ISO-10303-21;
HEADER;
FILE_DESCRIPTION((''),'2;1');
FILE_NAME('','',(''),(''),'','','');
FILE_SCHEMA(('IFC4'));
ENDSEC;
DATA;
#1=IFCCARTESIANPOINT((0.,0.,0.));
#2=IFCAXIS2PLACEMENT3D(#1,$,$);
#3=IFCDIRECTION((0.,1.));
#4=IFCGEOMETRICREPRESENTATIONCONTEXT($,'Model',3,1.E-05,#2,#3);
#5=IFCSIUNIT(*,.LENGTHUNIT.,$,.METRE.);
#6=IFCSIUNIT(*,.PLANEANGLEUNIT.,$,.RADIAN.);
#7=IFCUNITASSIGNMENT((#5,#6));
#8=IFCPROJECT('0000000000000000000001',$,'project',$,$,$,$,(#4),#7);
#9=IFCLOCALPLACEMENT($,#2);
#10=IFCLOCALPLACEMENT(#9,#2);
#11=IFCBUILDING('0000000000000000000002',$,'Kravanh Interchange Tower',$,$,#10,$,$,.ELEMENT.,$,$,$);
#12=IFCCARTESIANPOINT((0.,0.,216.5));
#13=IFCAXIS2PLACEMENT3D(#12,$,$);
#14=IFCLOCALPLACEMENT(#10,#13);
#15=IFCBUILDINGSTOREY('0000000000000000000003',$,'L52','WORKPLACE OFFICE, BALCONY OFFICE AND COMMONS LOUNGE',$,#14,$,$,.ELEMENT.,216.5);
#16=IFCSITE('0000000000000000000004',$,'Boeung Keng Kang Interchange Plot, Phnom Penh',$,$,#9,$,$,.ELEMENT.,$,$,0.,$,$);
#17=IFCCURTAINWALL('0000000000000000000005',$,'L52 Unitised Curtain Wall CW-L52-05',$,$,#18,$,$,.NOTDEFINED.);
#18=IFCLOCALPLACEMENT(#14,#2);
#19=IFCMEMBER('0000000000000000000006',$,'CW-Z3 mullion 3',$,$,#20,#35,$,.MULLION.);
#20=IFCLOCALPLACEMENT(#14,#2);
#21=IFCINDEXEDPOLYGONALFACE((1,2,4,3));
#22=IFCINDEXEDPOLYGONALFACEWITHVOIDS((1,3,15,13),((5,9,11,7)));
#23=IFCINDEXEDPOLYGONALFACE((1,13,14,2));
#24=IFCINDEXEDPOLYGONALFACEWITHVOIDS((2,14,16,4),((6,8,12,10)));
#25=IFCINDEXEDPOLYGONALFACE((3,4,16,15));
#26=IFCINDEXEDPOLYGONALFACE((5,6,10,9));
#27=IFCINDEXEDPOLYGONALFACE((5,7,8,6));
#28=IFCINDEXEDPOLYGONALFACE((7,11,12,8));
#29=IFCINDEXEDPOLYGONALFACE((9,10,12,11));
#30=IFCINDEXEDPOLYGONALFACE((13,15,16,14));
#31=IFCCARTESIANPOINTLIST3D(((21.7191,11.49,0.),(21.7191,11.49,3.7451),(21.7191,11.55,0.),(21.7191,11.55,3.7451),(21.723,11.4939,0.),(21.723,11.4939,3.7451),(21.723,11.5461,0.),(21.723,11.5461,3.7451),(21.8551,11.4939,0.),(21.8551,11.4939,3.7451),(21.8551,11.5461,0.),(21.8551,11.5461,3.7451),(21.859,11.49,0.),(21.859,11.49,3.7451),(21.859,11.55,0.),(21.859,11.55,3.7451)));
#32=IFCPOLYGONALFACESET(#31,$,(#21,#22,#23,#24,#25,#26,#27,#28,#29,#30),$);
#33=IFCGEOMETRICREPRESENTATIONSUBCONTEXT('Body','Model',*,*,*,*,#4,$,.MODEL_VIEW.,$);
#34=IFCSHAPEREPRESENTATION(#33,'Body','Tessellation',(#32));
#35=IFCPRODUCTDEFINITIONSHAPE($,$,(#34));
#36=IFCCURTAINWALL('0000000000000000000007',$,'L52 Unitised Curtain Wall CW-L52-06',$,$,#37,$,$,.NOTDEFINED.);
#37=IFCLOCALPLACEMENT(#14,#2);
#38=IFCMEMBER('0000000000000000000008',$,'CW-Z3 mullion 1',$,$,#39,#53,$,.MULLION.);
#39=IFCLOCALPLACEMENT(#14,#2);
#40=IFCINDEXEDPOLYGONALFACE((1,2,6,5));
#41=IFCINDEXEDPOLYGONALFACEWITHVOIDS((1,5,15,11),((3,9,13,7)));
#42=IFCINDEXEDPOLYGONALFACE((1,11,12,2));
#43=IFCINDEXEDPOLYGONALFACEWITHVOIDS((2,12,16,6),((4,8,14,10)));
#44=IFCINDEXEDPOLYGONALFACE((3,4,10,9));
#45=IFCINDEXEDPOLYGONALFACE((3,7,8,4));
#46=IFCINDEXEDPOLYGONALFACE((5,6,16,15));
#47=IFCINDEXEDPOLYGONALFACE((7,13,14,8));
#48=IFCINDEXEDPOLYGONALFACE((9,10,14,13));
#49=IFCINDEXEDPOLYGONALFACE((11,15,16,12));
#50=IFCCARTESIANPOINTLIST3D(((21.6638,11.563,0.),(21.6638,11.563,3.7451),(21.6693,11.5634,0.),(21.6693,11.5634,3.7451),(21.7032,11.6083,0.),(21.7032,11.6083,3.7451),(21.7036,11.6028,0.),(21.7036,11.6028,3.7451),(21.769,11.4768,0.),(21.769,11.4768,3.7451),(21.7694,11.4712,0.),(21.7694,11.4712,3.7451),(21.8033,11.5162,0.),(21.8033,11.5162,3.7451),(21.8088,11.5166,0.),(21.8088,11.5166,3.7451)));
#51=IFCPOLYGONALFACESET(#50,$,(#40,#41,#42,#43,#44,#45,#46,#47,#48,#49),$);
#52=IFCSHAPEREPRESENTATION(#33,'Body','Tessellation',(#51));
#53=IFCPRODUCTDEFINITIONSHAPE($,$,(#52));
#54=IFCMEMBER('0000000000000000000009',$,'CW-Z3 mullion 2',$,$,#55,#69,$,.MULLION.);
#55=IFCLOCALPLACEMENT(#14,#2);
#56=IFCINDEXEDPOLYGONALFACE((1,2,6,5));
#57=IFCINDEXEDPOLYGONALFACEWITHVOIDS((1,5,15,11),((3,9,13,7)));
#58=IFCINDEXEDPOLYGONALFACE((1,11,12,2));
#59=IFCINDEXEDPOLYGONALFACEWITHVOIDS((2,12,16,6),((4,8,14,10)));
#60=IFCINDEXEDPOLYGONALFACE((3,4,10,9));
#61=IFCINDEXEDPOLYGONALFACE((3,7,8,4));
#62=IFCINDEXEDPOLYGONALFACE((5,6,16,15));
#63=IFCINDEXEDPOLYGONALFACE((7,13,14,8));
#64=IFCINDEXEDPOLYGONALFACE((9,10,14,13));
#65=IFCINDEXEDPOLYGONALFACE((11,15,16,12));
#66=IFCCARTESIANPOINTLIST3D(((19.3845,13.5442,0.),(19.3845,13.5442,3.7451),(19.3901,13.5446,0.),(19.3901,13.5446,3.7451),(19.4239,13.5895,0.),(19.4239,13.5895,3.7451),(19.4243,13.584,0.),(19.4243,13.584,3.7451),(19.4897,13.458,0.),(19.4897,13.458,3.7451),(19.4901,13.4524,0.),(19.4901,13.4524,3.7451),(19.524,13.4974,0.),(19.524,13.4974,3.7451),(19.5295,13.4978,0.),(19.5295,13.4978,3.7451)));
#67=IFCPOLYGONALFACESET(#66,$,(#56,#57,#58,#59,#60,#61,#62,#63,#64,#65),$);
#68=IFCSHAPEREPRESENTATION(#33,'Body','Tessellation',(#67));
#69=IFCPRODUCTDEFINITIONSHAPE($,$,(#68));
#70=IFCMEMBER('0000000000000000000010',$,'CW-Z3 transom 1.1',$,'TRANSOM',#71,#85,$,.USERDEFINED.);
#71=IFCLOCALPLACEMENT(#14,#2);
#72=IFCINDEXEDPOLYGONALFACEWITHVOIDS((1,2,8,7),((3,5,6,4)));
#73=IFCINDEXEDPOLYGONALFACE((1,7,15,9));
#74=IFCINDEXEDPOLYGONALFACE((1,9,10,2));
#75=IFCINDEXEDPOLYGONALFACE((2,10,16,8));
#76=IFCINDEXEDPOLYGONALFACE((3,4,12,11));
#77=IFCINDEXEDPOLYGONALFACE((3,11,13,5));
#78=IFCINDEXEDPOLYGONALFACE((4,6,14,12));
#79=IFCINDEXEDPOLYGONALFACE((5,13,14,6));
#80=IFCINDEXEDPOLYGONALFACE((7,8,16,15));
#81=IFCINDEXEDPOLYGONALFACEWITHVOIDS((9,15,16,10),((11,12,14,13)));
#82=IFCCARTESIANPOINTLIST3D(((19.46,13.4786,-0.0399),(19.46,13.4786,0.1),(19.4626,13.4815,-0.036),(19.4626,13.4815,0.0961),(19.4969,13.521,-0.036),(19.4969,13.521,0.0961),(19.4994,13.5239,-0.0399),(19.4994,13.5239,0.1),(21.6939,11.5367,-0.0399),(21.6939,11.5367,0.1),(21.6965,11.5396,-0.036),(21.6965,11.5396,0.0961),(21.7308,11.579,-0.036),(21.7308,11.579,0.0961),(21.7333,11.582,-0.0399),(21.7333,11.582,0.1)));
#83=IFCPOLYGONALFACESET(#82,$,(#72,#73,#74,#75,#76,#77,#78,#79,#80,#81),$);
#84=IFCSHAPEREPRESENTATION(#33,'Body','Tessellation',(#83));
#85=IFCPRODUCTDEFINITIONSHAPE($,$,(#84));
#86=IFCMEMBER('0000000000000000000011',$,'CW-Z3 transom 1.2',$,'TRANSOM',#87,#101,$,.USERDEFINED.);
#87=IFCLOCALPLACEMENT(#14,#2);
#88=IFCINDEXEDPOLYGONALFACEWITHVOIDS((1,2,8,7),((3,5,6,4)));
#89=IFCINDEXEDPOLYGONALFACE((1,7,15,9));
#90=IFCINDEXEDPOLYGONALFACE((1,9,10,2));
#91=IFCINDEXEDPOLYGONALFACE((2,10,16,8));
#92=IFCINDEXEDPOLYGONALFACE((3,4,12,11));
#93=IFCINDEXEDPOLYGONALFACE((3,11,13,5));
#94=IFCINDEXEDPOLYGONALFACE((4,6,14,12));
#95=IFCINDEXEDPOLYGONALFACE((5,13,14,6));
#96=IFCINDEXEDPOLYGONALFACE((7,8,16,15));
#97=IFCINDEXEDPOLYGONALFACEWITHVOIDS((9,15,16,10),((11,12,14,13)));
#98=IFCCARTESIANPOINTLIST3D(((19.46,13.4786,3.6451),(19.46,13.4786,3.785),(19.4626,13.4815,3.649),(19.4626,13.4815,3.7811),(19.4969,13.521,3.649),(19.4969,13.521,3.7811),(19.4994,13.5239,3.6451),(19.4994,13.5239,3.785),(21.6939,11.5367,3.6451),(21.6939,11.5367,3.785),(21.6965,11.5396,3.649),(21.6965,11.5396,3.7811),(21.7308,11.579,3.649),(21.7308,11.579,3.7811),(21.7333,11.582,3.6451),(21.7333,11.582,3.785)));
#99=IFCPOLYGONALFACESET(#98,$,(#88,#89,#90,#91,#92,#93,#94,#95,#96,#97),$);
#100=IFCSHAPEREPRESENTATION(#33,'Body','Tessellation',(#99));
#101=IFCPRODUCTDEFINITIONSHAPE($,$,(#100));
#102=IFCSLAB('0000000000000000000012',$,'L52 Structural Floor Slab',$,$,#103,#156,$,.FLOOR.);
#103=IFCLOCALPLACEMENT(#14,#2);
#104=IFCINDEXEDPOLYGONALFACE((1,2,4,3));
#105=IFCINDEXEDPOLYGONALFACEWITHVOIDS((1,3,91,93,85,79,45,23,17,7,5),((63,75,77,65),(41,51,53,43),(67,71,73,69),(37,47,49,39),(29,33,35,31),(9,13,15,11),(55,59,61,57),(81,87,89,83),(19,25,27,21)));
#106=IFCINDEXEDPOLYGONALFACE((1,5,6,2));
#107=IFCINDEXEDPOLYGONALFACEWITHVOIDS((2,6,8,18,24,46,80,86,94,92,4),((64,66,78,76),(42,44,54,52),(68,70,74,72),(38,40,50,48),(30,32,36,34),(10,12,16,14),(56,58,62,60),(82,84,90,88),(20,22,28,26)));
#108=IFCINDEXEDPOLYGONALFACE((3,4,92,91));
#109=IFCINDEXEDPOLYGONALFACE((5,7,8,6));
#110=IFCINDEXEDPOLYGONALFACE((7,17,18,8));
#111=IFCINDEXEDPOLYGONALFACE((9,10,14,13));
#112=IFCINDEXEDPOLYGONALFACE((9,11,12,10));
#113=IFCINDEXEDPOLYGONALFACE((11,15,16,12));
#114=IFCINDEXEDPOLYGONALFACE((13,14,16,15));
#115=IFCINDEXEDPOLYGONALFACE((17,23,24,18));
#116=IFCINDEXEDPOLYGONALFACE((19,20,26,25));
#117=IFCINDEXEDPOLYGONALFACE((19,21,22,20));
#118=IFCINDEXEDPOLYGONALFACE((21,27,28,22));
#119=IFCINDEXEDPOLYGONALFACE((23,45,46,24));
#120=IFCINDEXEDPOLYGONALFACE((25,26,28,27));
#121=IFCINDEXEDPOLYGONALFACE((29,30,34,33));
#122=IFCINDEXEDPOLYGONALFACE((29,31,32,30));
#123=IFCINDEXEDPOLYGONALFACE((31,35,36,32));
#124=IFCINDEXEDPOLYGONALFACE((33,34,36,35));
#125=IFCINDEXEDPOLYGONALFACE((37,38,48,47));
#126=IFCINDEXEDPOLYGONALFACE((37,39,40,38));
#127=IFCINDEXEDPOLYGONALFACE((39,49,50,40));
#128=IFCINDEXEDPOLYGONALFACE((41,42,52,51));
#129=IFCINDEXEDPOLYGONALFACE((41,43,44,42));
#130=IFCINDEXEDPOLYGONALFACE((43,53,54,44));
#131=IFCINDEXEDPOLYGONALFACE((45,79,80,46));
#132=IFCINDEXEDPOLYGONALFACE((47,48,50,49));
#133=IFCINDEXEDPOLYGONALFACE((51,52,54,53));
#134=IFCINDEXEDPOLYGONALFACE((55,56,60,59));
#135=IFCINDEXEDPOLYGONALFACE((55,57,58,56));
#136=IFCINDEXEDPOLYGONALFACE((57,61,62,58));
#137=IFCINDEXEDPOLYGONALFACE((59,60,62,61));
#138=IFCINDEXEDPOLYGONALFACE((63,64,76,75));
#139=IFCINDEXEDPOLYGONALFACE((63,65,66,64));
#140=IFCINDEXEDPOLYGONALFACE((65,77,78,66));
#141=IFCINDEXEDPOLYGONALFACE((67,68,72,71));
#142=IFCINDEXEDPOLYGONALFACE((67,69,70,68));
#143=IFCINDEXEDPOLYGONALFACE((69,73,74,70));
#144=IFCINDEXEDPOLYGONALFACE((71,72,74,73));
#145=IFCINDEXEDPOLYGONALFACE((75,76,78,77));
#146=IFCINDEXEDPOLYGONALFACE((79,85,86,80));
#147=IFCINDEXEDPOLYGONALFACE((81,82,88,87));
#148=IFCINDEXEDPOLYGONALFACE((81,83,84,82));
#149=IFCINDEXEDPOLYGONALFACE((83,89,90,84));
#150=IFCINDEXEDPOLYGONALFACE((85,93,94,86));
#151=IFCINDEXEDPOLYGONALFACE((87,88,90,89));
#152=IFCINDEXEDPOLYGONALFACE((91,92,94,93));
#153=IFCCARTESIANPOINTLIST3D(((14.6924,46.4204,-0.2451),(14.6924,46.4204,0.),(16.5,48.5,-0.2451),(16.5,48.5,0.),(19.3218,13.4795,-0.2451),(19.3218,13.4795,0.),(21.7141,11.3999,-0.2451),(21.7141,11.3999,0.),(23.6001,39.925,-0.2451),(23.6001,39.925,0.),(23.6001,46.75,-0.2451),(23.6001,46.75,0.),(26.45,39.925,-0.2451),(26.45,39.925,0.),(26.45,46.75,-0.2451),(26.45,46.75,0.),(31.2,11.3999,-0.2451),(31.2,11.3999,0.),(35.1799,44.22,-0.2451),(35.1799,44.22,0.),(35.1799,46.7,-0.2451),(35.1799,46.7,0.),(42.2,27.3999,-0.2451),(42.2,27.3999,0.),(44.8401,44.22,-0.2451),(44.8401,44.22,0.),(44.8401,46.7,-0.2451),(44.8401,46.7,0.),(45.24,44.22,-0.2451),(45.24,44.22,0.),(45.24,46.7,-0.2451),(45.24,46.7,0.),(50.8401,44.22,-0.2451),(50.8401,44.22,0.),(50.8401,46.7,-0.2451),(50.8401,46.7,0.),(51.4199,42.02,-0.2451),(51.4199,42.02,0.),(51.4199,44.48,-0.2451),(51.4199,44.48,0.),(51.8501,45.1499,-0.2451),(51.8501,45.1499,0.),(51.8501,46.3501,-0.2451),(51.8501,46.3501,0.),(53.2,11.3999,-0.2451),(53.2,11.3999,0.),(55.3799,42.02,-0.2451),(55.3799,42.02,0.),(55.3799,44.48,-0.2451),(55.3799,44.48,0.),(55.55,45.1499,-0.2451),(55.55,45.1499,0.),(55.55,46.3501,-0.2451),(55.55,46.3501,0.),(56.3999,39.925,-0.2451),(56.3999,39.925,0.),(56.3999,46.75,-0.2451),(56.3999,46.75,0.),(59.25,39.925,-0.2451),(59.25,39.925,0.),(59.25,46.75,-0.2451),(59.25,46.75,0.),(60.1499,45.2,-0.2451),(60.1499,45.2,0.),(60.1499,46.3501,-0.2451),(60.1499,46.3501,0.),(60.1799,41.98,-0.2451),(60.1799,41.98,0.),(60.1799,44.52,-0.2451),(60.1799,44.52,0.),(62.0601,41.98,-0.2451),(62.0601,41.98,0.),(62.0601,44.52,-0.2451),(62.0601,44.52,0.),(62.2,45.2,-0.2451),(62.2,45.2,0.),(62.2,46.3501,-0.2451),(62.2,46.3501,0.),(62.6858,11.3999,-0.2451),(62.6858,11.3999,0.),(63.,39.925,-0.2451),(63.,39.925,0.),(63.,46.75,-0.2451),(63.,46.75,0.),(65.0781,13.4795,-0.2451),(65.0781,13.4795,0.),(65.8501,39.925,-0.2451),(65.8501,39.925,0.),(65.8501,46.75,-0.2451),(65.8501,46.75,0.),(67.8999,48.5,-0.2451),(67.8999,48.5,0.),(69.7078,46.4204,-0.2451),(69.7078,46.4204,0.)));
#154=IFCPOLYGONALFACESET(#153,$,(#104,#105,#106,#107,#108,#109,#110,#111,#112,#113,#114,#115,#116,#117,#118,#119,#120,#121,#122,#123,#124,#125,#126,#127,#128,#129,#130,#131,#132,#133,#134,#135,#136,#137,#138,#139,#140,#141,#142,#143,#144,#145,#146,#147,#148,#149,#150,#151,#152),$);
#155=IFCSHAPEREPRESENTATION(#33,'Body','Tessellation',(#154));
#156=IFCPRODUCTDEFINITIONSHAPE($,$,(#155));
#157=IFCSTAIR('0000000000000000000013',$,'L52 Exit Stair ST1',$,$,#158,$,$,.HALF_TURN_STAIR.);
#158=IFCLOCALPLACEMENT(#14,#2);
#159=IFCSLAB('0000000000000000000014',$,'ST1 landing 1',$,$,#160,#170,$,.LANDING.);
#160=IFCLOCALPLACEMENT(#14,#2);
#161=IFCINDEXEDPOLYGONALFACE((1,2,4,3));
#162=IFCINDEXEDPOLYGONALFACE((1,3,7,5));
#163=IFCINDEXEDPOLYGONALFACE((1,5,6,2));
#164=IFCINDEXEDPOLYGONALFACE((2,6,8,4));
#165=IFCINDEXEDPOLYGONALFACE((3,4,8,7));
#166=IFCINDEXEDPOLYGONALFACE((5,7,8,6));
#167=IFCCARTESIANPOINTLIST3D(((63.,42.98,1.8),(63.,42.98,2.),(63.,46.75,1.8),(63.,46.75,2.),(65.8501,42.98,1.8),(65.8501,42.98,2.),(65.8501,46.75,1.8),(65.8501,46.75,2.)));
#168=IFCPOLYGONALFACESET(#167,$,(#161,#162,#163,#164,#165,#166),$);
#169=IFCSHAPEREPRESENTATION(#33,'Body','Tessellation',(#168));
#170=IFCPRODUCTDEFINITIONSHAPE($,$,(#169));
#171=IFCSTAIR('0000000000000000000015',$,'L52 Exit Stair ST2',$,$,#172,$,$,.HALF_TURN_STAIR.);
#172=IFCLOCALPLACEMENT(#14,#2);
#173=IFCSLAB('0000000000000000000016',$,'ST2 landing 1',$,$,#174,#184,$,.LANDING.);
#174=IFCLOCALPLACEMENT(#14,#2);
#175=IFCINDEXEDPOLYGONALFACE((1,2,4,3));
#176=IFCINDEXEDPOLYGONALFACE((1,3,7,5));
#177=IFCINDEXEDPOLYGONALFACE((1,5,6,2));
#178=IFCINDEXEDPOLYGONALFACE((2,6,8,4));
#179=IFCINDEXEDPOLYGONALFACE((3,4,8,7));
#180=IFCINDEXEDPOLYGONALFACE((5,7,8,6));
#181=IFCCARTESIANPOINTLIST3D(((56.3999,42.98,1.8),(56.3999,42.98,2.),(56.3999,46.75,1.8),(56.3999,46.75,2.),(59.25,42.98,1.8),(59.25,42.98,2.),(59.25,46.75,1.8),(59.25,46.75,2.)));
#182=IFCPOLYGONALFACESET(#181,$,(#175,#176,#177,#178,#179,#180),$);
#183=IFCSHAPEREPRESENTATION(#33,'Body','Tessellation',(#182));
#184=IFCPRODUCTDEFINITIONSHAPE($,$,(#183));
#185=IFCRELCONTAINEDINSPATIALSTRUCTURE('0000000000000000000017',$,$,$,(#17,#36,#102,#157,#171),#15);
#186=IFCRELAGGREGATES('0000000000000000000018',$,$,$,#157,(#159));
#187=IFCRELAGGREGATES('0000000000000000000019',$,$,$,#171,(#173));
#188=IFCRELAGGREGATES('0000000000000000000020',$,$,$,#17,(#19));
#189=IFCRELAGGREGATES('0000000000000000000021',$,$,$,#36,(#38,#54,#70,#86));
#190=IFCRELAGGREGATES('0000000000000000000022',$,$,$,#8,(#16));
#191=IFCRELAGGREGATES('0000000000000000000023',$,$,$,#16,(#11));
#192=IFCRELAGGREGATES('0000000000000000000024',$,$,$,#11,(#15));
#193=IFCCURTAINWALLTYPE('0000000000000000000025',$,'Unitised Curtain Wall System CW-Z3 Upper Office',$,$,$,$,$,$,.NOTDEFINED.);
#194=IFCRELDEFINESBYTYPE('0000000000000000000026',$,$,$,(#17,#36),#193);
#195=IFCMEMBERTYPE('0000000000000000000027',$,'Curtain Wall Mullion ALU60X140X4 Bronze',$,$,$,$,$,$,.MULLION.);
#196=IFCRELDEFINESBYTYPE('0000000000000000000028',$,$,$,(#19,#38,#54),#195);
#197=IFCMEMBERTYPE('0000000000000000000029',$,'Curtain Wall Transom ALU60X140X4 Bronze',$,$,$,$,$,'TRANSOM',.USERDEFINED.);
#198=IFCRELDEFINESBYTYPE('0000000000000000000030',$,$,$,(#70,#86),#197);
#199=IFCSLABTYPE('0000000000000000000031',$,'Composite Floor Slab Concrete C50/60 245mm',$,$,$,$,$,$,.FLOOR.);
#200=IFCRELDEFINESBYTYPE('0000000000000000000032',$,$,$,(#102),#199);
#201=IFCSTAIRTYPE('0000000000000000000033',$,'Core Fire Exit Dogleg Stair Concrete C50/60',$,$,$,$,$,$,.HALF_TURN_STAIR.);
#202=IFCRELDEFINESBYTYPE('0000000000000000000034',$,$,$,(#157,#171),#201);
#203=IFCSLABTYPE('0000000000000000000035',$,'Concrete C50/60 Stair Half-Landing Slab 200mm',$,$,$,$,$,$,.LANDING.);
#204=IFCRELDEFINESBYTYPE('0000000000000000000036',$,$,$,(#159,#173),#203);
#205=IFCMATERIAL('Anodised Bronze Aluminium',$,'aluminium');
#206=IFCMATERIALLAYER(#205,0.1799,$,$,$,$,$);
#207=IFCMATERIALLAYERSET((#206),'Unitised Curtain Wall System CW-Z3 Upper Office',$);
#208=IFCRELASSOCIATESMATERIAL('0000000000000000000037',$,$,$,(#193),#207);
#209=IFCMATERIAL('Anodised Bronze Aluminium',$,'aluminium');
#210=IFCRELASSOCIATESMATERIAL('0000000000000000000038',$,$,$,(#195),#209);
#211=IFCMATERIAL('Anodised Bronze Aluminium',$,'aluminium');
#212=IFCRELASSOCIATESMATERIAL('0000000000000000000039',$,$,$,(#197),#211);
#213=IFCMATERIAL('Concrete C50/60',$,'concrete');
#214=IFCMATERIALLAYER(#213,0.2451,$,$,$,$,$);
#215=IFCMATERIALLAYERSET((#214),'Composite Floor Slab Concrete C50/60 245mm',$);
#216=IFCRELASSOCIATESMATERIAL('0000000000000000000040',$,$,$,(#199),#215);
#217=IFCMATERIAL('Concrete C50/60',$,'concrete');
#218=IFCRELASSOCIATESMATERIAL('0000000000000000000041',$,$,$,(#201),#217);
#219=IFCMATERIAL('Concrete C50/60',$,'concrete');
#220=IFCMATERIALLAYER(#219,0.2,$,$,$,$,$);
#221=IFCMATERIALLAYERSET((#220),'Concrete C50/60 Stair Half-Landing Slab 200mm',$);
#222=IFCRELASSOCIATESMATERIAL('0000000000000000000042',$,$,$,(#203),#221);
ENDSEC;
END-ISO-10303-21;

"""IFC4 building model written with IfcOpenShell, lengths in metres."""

from ifc_helpers import new_model, si_unit, direction, frame, origin, origin_2d, place, context, subcontext, project, spatial, polyline, hollow_rectangle, outline, extrude, material, layer, layer_set, material_profile, profile_set, type_object, element, aggregate, save


model = new_model("IFC4")

# Units and contexts
model_context = context("Model", 3, precision=1e-05, world=origin(), true_north=direction((0.0, 1.0)))
body_context = subcontext(model_context, "Body", "Model", "MODEL_VIEW")
ifc_project = project(units=[si_unit("LENGTHUNIT", "METRE"), si_unit("PLANEANGLEUNIT", "RADIAN")], contexts=[model_context])

# Site, building, storey
site_placement = place(None, origin())
site = spatial("IfcSite", under=ifc_project, at=site_placement, Name="Boeung Keng Kang Interchange Plot, Phnom Penh", CompositionType="ELEMENT", RefElevation=0.0)
building_placement = place(site_placement, origin())
building = spatial("IfcBuilding", under=site, at=building_placement, Name="Kravanh Interchange Tower", CompositionType="ELEMENT")
storey_placement = place(building_placement, frame((0.0, 0.0, 216.5)))
storey = spatial("IfcBuildingStorey", under=building, at=storey_placement, Name="L52", Description="WORKPLACE OFFICE, BALCONY OFFICE AND COMMONS LOUNGE", CompositionType="ELEMENT", Elevation=216.5)

# Curtain wall, member
ifc_material_1 = material(Name="Anodised Bronze Aluminium", Category="aluminium")
ifc_layer_1 = layer(ifc_material_1, 0.1799)
ifc_layer_set_1 = layer_set([ifc_layer_1], Name="Unitised Curtain Wall System CW-Z3 Upper Office")
curtain_wall_type = type_object("IfcCurtainWallType", Name="Unitised Curtain Wall System CW-Z3 Upper Office", PredefinedType="NOTDEFINED", material=ifc_layer_set_1)
curtain_wall_1_placement = place(storey_placement, origin())
curtain_wall_1 = element("IfcCurtainWall", 1, at=curtain_wall_1_placement, inside=storey, type_object=curtain_wall_type, Name="L52 Unitised Curtain Wall CW-L52-05", PredefinedType="NOTDEFINED")
ifc_material_2 = material(Name="Anodised Bronze Aluminium", Category="aluminium")
ifc_material_profile_1 = material_profile(ifc_material_2, hollow_rectangle(XDim=0.0601, YDim=0.1399, WallThickness=0.0039, at=origin_2d()), Name="ALU60X140X4")
ifc_profile_set_1 = profile_set([ifc_material_profile_1], Name="Anodised Bronze Aluminium")
member_type_1 = type_object("IfcMemberType", Name="Curtain Wall Mullion ALU60X140X4 Bronze", PredefinedType="MULLION", material=ifc_profile_set_1)
member_1_placement = place(storey_placement, frame((21.7891, 11.52, 0.0), z_axis=(0.0, 0.0, 1.0), x_axis=(0.0, -1.0, 0.0)))
member_1 = element("IfcMember", 2, at=member_1_placement, type_object=member_type_1, Name="CW-Z3 mullion 3", PredefinedType="MULLION", context=body_context, shape_type="SweptSolid", body=[
    extrude(hollow_rectangle(XDim=0.0601, YDim=0.1399, WallThickness=0.0039, at=origin_2d()), origin(), (0.0, 0.0, 1.0), 3.7451),
])

# Curtain wall, members
curtain_wall_2_placement = place(storey_placement, origin())
curtain_wall_2 = element("IfcCurtainWall", 3, at=curtain_wall_2_placement, inside=storey, type_object=curtain_wall_type, Name="L52 Unitised Curtain Wall CW-L52-06", PredefinedType="NOTDEFINED")
member_2_placement = place(storey_placement, frame((21.7363, 11.5398, 0.0), z_axis=(0.0, 0.0, 1.0), x_axis=(-0.656051, -0.754717, 0.0)))
member_2 = element("IfcMember", 4, at=member_2_placement, type_object=member_type_1, Name="CW-Z3 mullion 1", PredefinedType="MULLION", context=body_context, shape_type="SweptSolid", body=[
    extrude(hollow_rectangle(XDim=0.0601, YDim=0.1399, WallThickness=0.0039, at=origin_2d()), origin(), (0.0, 0.0, 1.0), 3.7451),
])
member_3_placement = place(storey_placement, frame((19.457, 13.521, 0.0), z_axis=(0.0, 0.0, 1.0), x_axis=(-0.656051, -0.754717, 0.0)))
member_3 = element("IfcMember", 5, at=member_3_placement, type_object=member_type_1, Name="CW-Z3 mullion 2", PredefinedType="MULLION", context=body_context, shape_type="SweptSolid", body=[
    extrude(hollow_rectangle(XDim=0.0601, YDim=0.1399, WallThickness=0.0039, at=origin_2d()), origin(), (0.0, 0.0, 1.0), 3.7451),
])
ifc_material_3 = material(Name="Anodised Bronze Aluminium", Category="aluminium")
ifc_material_profile_2 = material_profile(ifc_material_3, hollow_rectangle(XDim=0.0601, YDim=0.1399, WallThickness=0.0039, at=origin_2d()), Name="ALU60X140X4")
ifc_profile_set_2 = profile_set([ifc_material_profile_2], Name="Anodised Bronze Aluminium")
member_type_2 = type_object("IfcMemberType", Name="Curtain Wall Transom ALU60X140X4 Bronze", ElementType="TRANSOM", PredefinedType="USERDEFINED", material=ifc_profile_set_2)
member_4_placement = place(storey_placement, frame((21.7136, 11.5593, 0.03), z_axis=(-0.754709, 0.65606, 0.0), x_axis=(-0.65606, -0.754709, 0.0)))
member_4 = element("IfcMember", 6, at=member_4_placement, type_object=member_type_2, Name="CW-Z3 transom 1.1", ObjectType="TRANSOM", PredefinedType="USERDEFINED", context=body_context, shape_type="SweptSolid", body=[
    extrude(hollow_rectangle(XDim=0.0601, YDim=0.1399, WallThickness=0.0039, at=origin_2d()), origin(), (0.0, 0.0, 1.0), 2.96),
])
member_5_placement = place(storey_placement, frame((21.7136, 11.5593, 3.7151), z_axis=(-0.754709, 0.65606, 0.0), x_axis=(-0.65606, -0.754709, 0.0)))
member_5 = element("IfcMember", 7, at=member_5_placement, type_object=member_type_2, Name="CW-Z3 transom 1.2", ObjectType="TRANSOM", PredefinedType="USERDEFINED", context=body_context, shape_type="SweptSolid", body=[
    extrude(hollow_rectangle(XDim=0.0601, YDim=0.1399, WallThickness=0.0039, at=origin_2d()), origin(), (0.0, 0.0, 1.0), 2.96),
])

# Slab
ifc_material_4 = material(Name="Concrete C50/60", Category="concrete")
ifc_layer_2 = layer(ifc_material_4, 0.2451)
ifc_layer_set_2 = layer_set([ifc_layer_2], Name="Composite Floor Slab Concrete C50/60 245mm")
slab_type_1 = type_object("IfcSlabType", Name="Composite Floor Slab Concrete C50/60 245mm", PredefinedType="FLOOR", material=ifc_layer_set_2)
slab_1_placement = place(storey_placement, frame((0.0, 0.0, -0.2451)))
element("IfcSlab", 8, at=slab_1_placement, inside=storey, type_object=slab_type_1, Name="L52 Structural Floor Slab", PredefinedType="FLOOR", context=body_context, shape_type="SweptSolid", body=[
    extrude(outline(polyline([(19.3218, 13.4795), (21.7141, 11.3999), (31.2, 11.3999), (42.2, 27.3999), (53.2, 11.3999), (62.6858, 11.3999), (65.0781, 13.4795), (69.7078, 46.4204), (67.8999, 48.5), (16.5, 48.5), (14.6924, 46.4204), (19.3218, 13.4795)]), holes=[polyline([(65.8501, 39.925), (65.8501, 46.75), (63.0, 46.75), (63.0, 39.925), (65.8501, 39.925)]), polyline([(59.25, 39.925), (59.25, 46.75), (56.3999, 46.75), (56.3999, 39.925), (59.25, 39.925)]), polyline([(26.45, 39.925), (26.45, 46.75), (23.6001, 46.75), (23.6001, 39.925), (26.45, 39.925)]), polyline([(35.1799, 44.22), (44.8401, 44.22), (44.8401, 46.7), (35.1799, 46.7), (35.1799, 44.22)]), polyline([(45.24, 44.22), (50.8401, 44.22), (50.8401, 46.7), (45.24, 46.7), (45.24, 44.22)]), polyline([(51.4199, 42.02), (55.3799, 42.02), (55.3799, 44.48), (51.4199, 44.48), (51.4199, 42.02)]), polyline([(60.1799, 41.98), (62.0601, 41.98), (62.0601, 44.52), (60.1799, 44.52), (60.1799, 41.98)]), polyline([(60.1499, 45.2), (62.2, 45.2), (62.2, 46.3501), (60.1499, 46.3501), (60.1499, 45.2)]), polyline([(51.8501, 45.1499), (55.55, 45.1499), (55.55, 46.3501), (51.8501, 46.3501), (51.8501, 45.1499)])]), origin(), (0.0, 0.0, 1.0), 0.2451),
])

# Stairs, slabs
ifc_material_5 = material(Name="Concrete C50/60", Category="concrete")
stair_type = type_object("IfcStairType", Name="Core Fire Exit Dogleg Stair Concrete C50/60", PredefinedType="HALF_TURN_STAIR", material=ifc_material_5)
stair_1_placement = place(storey_placement, origin())
stair_1 = element("IfcStair", 9, at=stair_1_placement, inside=storey, type_object=stair_type, Name="L52 Exit Stair ST1", PredefinedType="HALF_TURN_STAIR")
ifc_material_6 = material(Name="Concrete C50/60", Category="concrete")
ifc_layer_3 = layer(ifc_material_6, 0.2)
ifc_layer_set_3 = layer_set([ifc_layer_3], Name="Concrete C50/60 Stair Half-Landing Slab 200mm")
slab_type_2 = type_object("IfcSlabType", Name="Concrete C50/60 Stair Half-Landing Slab 200mm", PredefinedType="LANDING", material=ifc_layer_set_3)
slab_2_placement = place(storey_placement, frame((0.0, 0.0, 1.8)))
slab_2 = element("IfcSlab", 10, at=slab_2_placement, type_object=slab_type_2, Name="ST1 landing 1", PredefinedType="LANDING", context=body_context, shape_type="SweptSolid", body=[
    extrude(outline(polyline([(65.8501, 42.98), (65.8501, 46.75), (63.0, 46.75), (63.0, 42.98), (65.8501, 42.98)])), origin(), (0.0, 0.0, 1.0), 0.2),
])
aggregate(stair_1, [slab_2])
stair_2_placement = place(storey_placement, origin())
stair_2 = element("IfcStair", 11, at=stair_2_placement, inside=storey, type_object=stair_type, Name="L52 Exit Stair ST2", PredefinedType="HALF_TURN_STAIR")
slab_3_placement = place(storey_placement, frame((0.0, 0.0, 1.8)))
slab_3 = element("IfcSlab", 12, at=slab_3_placement, type_object=slab_type_2, Name="ST2 landing 1", PredefinedType="LANDING", context=body_context, shape_type="SweptSolid", body=[
    extrude(outline(polyline([(59.25, 42.98), (59.25, 46.75), (56.3999, 46.75), (56.3999, 42.98), (59.25, 42.98)])), origin(), (0.0, 0.0, 1.0), 0.2),
])
aggregate(stair_2, [slab_3])

aggregate(curtain_wall_1, [member_1])
aggregate(curtain_wall_2, [member_2, member_3, member_4, member_5])

save(model, "model.ifc")
